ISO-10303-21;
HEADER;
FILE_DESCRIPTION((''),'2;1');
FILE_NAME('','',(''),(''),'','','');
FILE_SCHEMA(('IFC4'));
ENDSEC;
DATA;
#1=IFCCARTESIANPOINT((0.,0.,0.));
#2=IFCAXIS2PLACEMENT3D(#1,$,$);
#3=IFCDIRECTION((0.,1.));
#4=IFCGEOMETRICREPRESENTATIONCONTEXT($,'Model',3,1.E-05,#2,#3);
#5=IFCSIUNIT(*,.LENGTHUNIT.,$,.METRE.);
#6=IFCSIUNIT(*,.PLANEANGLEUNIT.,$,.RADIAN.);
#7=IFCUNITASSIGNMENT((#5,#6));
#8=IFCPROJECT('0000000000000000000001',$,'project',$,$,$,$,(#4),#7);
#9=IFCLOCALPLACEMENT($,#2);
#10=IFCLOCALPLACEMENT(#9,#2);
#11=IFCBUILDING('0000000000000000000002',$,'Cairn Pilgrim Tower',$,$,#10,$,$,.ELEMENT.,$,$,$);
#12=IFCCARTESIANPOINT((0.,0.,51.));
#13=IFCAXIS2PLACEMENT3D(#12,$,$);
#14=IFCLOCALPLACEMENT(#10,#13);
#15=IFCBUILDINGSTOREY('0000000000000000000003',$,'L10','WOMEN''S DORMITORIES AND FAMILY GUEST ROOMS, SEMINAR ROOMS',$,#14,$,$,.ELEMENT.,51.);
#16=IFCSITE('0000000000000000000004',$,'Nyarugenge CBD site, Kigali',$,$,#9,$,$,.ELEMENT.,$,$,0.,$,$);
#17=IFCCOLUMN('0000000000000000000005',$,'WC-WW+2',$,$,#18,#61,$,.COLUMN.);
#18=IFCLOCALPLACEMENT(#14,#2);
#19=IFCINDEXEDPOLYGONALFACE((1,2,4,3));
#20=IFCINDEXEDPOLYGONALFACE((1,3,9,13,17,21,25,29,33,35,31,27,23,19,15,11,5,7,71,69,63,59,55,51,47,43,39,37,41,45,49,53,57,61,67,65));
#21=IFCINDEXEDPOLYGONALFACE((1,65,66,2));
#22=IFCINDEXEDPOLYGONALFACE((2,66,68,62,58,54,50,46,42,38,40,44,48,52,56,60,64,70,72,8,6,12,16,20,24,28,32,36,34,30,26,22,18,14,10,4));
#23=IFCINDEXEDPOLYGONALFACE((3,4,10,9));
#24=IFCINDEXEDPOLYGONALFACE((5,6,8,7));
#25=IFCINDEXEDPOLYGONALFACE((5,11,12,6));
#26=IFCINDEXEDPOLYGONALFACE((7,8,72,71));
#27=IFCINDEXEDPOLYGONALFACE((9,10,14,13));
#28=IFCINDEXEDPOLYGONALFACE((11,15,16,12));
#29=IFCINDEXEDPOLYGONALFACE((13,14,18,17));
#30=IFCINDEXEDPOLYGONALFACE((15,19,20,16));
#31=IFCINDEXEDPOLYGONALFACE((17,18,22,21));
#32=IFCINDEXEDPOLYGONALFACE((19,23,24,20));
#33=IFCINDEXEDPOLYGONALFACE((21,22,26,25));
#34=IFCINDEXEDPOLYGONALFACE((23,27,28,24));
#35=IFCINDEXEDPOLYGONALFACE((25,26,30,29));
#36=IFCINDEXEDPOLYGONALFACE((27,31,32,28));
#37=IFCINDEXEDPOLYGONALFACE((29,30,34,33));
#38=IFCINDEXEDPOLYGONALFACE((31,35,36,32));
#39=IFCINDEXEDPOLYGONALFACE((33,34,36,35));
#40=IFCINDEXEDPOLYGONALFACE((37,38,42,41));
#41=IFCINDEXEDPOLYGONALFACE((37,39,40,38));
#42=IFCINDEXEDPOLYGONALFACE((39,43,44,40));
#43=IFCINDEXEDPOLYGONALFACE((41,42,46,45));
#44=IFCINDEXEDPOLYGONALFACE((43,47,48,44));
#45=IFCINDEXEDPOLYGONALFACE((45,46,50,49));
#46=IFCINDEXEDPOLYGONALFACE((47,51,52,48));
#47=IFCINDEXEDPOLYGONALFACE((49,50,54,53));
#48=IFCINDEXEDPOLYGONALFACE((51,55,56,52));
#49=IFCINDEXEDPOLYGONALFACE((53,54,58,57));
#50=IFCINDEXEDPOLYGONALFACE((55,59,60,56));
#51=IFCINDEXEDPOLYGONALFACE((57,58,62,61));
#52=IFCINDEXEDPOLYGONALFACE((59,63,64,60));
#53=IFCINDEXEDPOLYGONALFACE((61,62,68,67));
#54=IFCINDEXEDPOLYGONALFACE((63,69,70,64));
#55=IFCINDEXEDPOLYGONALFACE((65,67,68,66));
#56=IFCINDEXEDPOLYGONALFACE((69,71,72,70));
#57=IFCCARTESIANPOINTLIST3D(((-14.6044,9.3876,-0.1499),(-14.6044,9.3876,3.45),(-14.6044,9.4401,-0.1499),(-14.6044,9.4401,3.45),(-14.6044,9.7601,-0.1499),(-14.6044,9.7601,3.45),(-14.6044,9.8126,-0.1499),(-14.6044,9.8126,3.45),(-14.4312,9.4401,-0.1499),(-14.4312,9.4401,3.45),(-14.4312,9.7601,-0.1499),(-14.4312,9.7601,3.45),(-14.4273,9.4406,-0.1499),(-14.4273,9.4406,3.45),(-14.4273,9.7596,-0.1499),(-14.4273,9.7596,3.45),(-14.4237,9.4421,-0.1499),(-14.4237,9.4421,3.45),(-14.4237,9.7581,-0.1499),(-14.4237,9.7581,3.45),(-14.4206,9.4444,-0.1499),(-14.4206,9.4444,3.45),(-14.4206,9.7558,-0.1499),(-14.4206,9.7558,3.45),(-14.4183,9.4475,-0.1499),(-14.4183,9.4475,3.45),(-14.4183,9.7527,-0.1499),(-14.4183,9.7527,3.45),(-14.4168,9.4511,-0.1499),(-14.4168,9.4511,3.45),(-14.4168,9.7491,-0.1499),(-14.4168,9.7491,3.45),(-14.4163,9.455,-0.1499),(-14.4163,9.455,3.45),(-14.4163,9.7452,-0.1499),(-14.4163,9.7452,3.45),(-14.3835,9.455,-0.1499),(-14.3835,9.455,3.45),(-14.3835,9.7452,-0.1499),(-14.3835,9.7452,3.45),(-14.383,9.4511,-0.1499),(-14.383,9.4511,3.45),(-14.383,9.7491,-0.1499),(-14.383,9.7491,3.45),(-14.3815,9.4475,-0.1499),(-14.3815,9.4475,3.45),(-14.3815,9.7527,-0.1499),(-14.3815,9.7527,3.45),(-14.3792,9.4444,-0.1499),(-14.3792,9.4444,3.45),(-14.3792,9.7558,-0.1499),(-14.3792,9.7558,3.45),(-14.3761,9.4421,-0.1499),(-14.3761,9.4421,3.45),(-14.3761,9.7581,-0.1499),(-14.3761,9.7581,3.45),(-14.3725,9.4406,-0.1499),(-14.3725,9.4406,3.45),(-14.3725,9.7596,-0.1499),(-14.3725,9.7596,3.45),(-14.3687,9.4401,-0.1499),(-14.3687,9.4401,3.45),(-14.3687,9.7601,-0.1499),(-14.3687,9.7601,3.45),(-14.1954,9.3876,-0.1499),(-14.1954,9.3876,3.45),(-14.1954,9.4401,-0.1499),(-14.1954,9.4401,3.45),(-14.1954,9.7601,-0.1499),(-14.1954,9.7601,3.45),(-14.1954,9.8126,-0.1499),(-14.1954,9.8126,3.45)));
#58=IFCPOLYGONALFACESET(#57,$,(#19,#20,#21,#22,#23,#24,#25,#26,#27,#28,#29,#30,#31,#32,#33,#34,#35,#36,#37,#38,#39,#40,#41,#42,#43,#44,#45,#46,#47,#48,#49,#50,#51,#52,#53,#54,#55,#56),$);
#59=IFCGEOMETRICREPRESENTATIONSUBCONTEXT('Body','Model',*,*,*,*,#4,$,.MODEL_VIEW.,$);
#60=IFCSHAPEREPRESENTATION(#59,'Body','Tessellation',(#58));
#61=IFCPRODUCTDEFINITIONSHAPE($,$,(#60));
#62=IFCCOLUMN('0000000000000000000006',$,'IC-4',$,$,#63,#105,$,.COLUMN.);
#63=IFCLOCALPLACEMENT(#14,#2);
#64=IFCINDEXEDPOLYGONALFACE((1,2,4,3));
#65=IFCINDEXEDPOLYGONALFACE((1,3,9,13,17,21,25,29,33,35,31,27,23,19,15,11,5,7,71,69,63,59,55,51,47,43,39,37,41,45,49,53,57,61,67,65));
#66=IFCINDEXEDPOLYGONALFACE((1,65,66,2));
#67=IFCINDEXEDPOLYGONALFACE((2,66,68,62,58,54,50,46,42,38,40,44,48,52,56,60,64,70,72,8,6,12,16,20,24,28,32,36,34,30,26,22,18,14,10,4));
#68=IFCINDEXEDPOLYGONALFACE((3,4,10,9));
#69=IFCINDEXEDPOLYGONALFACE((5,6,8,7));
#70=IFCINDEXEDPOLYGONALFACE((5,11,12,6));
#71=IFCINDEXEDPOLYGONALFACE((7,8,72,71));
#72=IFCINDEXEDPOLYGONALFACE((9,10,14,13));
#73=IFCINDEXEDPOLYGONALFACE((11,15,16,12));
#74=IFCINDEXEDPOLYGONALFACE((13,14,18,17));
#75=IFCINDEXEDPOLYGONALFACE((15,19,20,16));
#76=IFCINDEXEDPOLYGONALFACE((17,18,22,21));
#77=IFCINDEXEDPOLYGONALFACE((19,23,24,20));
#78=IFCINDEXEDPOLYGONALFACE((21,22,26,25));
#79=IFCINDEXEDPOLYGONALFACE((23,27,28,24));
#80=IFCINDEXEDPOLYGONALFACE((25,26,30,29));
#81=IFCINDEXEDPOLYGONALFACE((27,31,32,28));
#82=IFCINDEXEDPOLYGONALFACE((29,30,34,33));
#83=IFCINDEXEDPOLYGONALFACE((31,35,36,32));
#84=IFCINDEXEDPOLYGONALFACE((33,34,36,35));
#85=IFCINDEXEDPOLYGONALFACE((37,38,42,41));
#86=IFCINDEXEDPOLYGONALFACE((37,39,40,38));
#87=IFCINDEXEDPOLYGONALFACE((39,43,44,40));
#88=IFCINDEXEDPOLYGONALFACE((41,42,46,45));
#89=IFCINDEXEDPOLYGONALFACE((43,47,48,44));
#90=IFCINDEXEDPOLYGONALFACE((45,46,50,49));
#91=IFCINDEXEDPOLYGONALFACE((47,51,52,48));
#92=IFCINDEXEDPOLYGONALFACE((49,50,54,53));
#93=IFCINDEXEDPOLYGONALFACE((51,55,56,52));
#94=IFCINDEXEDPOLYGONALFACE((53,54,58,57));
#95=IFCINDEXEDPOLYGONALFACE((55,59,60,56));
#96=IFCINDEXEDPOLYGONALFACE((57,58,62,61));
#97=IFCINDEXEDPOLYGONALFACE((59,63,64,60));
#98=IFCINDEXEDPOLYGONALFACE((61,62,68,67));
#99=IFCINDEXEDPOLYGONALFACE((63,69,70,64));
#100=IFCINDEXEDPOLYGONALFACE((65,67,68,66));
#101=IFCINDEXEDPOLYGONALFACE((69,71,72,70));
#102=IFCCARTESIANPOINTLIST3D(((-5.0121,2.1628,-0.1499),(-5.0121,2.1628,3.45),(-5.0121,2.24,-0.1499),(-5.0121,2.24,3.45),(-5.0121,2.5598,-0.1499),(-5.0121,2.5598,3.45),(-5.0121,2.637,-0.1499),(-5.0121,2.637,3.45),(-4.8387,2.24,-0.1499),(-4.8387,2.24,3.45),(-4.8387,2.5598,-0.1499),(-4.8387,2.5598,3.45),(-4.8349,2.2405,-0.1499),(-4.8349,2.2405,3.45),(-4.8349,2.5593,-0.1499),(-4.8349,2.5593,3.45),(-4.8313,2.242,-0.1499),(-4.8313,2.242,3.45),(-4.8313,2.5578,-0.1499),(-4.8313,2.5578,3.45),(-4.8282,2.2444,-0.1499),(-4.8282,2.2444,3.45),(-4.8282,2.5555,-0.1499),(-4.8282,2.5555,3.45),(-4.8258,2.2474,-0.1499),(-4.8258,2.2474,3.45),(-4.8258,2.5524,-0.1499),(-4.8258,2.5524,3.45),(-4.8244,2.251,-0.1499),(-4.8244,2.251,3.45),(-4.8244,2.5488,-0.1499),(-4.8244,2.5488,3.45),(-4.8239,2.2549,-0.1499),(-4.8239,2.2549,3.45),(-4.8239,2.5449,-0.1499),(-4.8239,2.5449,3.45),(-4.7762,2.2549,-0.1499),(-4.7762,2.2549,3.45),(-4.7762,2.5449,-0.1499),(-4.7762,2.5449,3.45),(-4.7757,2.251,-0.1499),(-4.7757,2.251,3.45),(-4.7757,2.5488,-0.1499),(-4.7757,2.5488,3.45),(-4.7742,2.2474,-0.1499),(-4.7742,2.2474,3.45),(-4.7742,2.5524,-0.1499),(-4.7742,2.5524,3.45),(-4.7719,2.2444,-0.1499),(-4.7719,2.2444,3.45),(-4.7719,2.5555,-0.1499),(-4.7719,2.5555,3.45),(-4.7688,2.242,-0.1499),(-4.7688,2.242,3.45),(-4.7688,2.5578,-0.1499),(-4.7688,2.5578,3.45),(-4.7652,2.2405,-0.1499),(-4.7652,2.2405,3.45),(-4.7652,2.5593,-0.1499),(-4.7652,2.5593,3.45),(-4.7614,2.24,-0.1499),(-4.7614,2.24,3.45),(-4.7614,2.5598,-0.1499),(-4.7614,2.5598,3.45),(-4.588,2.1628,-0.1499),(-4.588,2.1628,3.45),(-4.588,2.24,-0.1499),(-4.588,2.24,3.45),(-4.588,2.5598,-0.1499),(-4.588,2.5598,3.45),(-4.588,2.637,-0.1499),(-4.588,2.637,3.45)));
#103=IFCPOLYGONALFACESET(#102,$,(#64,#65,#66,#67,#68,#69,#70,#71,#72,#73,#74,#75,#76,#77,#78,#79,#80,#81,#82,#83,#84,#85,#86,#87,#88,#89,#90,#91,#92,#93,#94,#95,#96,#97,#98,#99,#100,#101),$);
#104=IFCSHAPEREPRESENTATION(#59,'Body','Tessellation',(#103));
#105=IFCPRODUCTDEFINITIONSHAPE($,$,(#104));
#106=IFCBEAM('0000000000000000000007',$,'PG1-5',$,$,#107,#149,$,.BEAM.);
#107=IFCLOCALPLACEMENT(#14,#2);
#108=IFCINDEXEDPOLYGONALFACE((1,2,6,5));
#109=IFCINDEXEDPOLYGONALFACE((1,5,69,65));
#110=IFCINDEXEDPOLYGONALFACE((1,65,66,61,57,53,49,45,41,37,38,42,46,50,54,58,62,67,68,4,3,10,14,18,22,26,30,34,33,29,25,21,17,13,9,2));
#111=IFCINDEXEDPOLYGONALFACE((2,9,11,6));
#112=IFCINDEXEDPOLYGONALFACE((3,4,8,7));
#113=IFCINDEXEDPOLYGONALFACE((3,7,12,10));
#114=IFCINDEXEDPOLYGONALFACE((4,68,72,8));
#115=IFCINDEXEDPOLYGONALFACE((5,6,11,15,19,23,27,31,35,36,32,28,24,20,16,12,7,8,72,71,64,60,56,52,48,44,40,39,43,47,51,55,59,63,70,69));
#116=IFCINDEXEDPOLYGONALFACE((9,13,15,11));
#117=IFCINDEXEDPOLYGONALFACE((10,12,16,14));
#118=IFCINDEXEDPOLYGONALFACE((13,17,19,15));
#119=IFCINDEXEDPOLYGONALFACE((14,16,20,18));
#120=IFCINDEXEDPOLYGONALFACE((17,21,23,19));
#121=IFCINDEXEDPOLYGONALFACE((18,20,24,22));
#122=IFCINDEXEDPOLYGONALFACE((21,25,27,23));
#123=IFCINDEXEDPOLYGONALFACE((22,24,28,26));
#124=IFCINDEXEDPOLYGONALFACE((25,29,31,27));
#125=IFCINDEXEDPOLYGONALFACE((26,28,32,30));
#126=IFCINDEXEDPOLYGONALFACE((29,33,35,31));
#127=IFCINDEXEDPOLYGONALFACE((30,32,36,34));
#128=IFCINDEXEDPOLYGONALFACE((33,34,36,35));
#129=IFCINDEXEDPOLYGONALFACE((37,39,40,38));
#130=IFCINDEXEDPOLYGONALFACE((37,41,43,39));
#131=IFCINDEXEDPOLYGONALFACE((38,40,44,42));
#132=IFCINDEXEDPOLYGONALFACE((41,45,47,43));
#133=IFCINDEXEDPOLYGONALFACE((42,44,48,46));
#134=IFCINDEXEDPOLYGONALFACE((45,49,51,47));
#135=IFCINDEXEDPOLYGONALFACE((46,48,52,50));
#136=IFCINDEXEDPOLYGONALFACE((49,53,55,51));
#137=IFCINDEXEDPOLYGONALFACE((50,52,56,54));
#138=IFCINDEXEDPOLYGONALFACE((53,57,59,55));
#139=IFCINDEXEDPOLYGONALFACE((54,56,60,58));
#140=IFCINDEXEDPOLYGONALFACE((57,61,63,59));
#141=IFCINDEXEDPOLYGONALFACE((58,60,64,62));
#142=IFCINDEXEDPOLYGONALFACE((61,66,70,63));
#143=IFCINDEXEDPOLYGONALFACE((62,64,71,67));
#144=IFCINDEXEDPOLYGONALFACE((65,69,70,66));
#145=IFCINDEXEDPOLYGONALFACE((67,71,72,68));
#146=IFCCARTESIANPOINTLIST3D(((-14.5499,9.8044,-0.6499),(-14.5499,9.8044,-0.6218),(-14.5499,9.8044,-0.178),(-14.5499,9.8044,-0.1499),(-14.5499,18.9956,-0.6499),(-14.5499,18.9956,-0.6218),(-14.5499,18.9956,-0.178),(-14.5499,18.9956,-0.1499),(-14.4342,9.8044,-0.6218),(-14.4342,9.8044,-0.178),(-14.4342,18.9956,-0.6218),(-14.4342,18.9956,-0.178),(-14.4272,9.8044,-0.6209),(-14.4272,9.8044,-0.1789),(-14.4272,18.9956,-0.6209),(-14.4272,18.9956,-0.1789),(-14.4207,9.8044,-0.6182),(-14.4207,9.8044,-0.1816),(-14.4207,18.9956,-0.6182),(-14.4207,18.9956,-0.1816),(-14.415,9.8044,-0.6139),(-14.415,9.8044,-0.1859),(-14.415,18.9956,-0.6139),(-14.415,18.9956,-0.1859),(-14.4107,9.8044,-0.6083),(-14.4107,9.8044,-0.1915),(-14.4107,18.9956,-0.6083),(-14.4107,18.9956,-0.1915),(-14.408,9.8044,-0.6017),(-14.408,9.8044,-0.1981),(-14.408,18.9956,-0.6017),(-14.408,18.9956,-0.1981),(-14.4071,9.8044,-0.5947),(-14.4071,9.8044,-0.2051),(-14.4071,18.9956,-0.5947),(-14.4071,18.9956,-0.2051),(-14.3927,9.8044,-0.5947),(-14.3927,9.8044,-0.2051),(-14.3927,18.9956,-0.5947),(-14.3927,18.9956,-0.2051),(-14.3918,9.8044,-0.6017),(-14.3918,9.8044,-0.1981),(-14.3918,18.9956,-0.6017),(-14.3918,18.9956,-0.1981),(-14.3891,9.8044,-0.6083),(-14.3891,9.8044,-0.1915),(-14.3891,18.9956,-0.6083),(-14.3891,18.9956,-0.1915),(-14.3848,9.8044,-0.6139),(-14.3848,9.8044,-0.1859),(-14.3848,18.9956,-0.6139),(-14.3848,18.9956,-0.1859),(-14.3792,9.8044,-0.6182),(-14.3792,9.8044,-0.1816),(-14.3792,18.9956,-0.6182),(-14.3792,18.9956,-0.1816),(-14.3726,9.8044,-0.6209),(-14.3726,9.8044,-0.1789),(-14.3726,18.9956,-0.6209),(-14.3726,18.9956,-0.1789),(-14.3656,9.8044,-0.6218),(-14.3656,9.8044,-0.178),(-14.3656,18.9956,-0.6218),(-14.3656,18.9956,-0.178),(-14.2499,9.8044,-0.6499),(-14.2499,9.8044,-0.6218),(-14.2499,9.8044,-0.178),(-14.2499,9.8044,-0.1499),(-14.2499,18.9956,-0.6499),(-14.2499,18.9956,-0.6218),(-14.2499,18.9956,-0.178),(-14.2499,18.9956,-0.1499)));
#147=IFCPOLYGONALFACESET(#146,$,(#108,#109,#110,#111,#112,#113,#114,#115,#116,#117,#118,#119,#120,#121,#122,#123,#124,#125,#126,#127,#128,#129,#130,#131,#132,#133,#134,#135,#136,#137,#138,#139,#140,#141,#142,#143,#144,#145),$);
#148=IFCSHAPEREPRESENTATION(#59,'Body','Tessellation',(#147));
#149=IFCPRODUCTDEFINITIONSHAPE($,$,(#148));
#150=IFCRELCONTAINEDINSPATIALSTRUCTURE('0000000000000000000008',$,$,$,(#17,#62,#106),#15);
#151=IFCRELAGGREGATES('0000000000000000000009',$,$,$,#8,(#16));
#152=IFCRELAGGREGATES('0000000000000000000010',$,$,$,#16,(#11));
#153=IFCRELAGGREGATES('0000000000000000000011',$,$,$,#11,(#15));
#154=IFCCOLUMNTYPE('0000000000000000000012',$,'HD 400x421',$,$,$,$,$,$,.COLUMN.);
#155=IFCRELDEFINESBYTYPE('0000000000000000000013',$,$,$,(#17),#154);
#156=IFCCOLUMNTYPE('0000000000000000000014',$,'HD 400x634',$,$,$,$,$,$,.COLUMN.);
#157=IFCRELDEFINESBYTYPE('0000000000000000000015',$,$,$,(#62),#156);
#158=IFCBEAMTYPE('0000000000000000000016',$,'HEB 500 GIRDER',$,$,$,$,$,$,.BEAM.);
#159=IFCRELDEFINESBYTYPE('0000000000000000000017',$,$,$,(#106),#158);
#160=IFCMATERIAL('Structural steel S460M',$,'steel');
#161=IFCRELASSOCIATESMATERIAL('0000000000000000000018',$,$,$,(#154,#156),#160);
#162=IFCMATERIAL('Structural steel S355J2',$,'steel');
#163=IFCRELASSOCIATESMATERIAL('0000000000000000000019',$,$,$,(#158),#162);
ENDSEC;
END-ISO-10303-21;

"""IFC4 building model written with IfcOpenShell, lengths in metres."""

from ifc_helpers import new_model, si_unit, direction, frame, origin, origin_2d, place, context, subcontext, project, spatial, i_section, extrude, material, material_profile, profile_set, type_object, element, save


model = new_model("IFC4")

# Units and contexts
model_context = context("Model", 3, precision=1e-05, world=origin(), true_north=direction((0.0, 1.0)))
body_context = subcontext(model_context, "Body", "Model", "MODEL_VIEW")
ifc_project = project(units=[si_unit("LENGTHUNIT", "METRE"), si_unit("PLANEANGLEUNIT", "RADIAN")], contexts=[model_context])

# Site, building, storey
site_placement = place(None, origin())
site = spatial("IfcSite", under=ifc_project, at=site_placement, Name="Nyarugenge CBD site, Kigali", CompositionType="ELEMENT", RefElevation=0.0)
building_placement = place(site_placement, origin())
building = spatial("IfcBuilding", under=site, at=building_placement, Name="Cairn Pilgrim Tower", CompositionType="ELEMENT")
storey_placement = place(building_placement, frame((0.0, 0.0, 51.0)))
storey = spatial("IfcBuildingStorey", under=building, at=storey_placement, Name="L10", Description="WOMEN'S DORMITORIES AND FAMILY GUEST ROOMS, SEMINAR ROOMS", CompositionType="ELEMENT", Elevation=51.0)

# Columns
ifc_material_1 = material(Name="Structural steel S460M", Category="steel")
ifc_material_profile_1 = material_profile(ifc_material_1, i_section(OverallWidth=0.4089, OverallDepth=0.425, WebThickness=0.0327, FlangeThickness=0.0525, FilletRadius=0.0149, at=origin_2d()), Name="HD 400x421")
ifc_profile_set_1 = profile_set([ifc_material_profile_1], Name="Structural steel S460M")
column_type_1 = type_object("IfcColumnType", Name="HD 400x421", PredefinedType="COLUMN", material=ifc_profile_set_1)
column_1_placement = place(storey_placement, frame((-14.3999, 9.6001, -0.1499), z_axis=(0.0, 0.0, 1.0), x_axis=(1.0, 0.0, 0.0)))
element("IfcColumn", 1, at=column_1_placement, inside=storey, type_object=column_type_1, Name="WC-WW+2", PredefinedType="COLUMN", context=body_context, shape_type="SweptSolid", body=[
    extrude(i_section(OverallWidth=0.4089, OverallDepth=0.425, WebThickness=0.0327, FlangeThickness=0.0525, FilletRadius=0.0149, at=origin_2d()), origin(), (0.0, 0.0, 1.0), 3.5999),
])
ifc_material_profile_2 = material_profile(ifc_material_1, i_section(OverallWidth=0.4241, OverallDepth=0.4741, WebThickness=0.0476, FlangeThickness=0.0771, FilletRadius=0.0149, at=origin_2d()), Name="HD 400x634")
ifc_profile_set_2 = profile_set([ifc_material_profile_2], Name="Structural steel S460M")
column_type_2 = type_object("IfcColumnType", Name="HD 400x634", PredefinedType="COLUMN", material=ifc_profile_set_2)
column_2_placement = place(storey_placement, frame((-4.8, 2.3999, -0.1499), z_axis=(0.0, 0.0, 1.0), x_axis=(1.0, 0.0, 0.0)))
element("IfcColumn", 2, at=column_2_placement, inside=storey, type_object=column_type_2, Name="IC-4", PredefinedType="COLUMN", context=body_context, shape_type="SweptSolid", body=[
    extrude(i_section(OverallWidth=0.4241, OverallDepth=0.4741, WebThickness=0.0476, FlangeThickness=0.0771, FilletRadius=0.0149, at=origin_2d()), origin(), (0.0, 0.0, 1.0), 3.5999),
])

# Beam
ifc_material_2 = material(Name="Structural steel S355J2", Category="steel")
ifc_material_profile_3 = material_profile(ifc_material_2, i_section(OverallWidth=0.3, OverallDepth=0.5, WebThickness=0.0144, FlangeThickness=0.0281, FilletRadius=0.0271, at=origin_2d()), Name="HEB 500")
ifc_profile_set_3 = profile_set([ifc_material_profile_3], Name="Structural steel S355J2")
beam_type_1 = type_object("IfcBeamType", Name="HEB 500 GIRDER", PredefinedType="BEAM", material=ifc_profile_set_3)
beam_1_placement = place(storey_placement, frame((-14.3999, 9.8044, -0.3999), z_axis=(0.0, 1.0, 0.0), x_axis=(-1.0, 0.0, 0.0)))
element("IfcBeam", 3, at=beam_1_placement, inside=storey, type_object=beam_type_1, Name="PG1-5", PredefinedType="BEAM", context=body_context, shape_type="SweptSolid", body=[
    extrude(i_section(OverallWidth=0.3, OverallDepth=0.5, WebThickness=0.0144, FlangeThickness=0.0281, FilletRadius=0.0271, at=origin_2d()), origin(), (0.0, 0.0, 1.0), 9.1912),
])

save(model, "model.ifc")
